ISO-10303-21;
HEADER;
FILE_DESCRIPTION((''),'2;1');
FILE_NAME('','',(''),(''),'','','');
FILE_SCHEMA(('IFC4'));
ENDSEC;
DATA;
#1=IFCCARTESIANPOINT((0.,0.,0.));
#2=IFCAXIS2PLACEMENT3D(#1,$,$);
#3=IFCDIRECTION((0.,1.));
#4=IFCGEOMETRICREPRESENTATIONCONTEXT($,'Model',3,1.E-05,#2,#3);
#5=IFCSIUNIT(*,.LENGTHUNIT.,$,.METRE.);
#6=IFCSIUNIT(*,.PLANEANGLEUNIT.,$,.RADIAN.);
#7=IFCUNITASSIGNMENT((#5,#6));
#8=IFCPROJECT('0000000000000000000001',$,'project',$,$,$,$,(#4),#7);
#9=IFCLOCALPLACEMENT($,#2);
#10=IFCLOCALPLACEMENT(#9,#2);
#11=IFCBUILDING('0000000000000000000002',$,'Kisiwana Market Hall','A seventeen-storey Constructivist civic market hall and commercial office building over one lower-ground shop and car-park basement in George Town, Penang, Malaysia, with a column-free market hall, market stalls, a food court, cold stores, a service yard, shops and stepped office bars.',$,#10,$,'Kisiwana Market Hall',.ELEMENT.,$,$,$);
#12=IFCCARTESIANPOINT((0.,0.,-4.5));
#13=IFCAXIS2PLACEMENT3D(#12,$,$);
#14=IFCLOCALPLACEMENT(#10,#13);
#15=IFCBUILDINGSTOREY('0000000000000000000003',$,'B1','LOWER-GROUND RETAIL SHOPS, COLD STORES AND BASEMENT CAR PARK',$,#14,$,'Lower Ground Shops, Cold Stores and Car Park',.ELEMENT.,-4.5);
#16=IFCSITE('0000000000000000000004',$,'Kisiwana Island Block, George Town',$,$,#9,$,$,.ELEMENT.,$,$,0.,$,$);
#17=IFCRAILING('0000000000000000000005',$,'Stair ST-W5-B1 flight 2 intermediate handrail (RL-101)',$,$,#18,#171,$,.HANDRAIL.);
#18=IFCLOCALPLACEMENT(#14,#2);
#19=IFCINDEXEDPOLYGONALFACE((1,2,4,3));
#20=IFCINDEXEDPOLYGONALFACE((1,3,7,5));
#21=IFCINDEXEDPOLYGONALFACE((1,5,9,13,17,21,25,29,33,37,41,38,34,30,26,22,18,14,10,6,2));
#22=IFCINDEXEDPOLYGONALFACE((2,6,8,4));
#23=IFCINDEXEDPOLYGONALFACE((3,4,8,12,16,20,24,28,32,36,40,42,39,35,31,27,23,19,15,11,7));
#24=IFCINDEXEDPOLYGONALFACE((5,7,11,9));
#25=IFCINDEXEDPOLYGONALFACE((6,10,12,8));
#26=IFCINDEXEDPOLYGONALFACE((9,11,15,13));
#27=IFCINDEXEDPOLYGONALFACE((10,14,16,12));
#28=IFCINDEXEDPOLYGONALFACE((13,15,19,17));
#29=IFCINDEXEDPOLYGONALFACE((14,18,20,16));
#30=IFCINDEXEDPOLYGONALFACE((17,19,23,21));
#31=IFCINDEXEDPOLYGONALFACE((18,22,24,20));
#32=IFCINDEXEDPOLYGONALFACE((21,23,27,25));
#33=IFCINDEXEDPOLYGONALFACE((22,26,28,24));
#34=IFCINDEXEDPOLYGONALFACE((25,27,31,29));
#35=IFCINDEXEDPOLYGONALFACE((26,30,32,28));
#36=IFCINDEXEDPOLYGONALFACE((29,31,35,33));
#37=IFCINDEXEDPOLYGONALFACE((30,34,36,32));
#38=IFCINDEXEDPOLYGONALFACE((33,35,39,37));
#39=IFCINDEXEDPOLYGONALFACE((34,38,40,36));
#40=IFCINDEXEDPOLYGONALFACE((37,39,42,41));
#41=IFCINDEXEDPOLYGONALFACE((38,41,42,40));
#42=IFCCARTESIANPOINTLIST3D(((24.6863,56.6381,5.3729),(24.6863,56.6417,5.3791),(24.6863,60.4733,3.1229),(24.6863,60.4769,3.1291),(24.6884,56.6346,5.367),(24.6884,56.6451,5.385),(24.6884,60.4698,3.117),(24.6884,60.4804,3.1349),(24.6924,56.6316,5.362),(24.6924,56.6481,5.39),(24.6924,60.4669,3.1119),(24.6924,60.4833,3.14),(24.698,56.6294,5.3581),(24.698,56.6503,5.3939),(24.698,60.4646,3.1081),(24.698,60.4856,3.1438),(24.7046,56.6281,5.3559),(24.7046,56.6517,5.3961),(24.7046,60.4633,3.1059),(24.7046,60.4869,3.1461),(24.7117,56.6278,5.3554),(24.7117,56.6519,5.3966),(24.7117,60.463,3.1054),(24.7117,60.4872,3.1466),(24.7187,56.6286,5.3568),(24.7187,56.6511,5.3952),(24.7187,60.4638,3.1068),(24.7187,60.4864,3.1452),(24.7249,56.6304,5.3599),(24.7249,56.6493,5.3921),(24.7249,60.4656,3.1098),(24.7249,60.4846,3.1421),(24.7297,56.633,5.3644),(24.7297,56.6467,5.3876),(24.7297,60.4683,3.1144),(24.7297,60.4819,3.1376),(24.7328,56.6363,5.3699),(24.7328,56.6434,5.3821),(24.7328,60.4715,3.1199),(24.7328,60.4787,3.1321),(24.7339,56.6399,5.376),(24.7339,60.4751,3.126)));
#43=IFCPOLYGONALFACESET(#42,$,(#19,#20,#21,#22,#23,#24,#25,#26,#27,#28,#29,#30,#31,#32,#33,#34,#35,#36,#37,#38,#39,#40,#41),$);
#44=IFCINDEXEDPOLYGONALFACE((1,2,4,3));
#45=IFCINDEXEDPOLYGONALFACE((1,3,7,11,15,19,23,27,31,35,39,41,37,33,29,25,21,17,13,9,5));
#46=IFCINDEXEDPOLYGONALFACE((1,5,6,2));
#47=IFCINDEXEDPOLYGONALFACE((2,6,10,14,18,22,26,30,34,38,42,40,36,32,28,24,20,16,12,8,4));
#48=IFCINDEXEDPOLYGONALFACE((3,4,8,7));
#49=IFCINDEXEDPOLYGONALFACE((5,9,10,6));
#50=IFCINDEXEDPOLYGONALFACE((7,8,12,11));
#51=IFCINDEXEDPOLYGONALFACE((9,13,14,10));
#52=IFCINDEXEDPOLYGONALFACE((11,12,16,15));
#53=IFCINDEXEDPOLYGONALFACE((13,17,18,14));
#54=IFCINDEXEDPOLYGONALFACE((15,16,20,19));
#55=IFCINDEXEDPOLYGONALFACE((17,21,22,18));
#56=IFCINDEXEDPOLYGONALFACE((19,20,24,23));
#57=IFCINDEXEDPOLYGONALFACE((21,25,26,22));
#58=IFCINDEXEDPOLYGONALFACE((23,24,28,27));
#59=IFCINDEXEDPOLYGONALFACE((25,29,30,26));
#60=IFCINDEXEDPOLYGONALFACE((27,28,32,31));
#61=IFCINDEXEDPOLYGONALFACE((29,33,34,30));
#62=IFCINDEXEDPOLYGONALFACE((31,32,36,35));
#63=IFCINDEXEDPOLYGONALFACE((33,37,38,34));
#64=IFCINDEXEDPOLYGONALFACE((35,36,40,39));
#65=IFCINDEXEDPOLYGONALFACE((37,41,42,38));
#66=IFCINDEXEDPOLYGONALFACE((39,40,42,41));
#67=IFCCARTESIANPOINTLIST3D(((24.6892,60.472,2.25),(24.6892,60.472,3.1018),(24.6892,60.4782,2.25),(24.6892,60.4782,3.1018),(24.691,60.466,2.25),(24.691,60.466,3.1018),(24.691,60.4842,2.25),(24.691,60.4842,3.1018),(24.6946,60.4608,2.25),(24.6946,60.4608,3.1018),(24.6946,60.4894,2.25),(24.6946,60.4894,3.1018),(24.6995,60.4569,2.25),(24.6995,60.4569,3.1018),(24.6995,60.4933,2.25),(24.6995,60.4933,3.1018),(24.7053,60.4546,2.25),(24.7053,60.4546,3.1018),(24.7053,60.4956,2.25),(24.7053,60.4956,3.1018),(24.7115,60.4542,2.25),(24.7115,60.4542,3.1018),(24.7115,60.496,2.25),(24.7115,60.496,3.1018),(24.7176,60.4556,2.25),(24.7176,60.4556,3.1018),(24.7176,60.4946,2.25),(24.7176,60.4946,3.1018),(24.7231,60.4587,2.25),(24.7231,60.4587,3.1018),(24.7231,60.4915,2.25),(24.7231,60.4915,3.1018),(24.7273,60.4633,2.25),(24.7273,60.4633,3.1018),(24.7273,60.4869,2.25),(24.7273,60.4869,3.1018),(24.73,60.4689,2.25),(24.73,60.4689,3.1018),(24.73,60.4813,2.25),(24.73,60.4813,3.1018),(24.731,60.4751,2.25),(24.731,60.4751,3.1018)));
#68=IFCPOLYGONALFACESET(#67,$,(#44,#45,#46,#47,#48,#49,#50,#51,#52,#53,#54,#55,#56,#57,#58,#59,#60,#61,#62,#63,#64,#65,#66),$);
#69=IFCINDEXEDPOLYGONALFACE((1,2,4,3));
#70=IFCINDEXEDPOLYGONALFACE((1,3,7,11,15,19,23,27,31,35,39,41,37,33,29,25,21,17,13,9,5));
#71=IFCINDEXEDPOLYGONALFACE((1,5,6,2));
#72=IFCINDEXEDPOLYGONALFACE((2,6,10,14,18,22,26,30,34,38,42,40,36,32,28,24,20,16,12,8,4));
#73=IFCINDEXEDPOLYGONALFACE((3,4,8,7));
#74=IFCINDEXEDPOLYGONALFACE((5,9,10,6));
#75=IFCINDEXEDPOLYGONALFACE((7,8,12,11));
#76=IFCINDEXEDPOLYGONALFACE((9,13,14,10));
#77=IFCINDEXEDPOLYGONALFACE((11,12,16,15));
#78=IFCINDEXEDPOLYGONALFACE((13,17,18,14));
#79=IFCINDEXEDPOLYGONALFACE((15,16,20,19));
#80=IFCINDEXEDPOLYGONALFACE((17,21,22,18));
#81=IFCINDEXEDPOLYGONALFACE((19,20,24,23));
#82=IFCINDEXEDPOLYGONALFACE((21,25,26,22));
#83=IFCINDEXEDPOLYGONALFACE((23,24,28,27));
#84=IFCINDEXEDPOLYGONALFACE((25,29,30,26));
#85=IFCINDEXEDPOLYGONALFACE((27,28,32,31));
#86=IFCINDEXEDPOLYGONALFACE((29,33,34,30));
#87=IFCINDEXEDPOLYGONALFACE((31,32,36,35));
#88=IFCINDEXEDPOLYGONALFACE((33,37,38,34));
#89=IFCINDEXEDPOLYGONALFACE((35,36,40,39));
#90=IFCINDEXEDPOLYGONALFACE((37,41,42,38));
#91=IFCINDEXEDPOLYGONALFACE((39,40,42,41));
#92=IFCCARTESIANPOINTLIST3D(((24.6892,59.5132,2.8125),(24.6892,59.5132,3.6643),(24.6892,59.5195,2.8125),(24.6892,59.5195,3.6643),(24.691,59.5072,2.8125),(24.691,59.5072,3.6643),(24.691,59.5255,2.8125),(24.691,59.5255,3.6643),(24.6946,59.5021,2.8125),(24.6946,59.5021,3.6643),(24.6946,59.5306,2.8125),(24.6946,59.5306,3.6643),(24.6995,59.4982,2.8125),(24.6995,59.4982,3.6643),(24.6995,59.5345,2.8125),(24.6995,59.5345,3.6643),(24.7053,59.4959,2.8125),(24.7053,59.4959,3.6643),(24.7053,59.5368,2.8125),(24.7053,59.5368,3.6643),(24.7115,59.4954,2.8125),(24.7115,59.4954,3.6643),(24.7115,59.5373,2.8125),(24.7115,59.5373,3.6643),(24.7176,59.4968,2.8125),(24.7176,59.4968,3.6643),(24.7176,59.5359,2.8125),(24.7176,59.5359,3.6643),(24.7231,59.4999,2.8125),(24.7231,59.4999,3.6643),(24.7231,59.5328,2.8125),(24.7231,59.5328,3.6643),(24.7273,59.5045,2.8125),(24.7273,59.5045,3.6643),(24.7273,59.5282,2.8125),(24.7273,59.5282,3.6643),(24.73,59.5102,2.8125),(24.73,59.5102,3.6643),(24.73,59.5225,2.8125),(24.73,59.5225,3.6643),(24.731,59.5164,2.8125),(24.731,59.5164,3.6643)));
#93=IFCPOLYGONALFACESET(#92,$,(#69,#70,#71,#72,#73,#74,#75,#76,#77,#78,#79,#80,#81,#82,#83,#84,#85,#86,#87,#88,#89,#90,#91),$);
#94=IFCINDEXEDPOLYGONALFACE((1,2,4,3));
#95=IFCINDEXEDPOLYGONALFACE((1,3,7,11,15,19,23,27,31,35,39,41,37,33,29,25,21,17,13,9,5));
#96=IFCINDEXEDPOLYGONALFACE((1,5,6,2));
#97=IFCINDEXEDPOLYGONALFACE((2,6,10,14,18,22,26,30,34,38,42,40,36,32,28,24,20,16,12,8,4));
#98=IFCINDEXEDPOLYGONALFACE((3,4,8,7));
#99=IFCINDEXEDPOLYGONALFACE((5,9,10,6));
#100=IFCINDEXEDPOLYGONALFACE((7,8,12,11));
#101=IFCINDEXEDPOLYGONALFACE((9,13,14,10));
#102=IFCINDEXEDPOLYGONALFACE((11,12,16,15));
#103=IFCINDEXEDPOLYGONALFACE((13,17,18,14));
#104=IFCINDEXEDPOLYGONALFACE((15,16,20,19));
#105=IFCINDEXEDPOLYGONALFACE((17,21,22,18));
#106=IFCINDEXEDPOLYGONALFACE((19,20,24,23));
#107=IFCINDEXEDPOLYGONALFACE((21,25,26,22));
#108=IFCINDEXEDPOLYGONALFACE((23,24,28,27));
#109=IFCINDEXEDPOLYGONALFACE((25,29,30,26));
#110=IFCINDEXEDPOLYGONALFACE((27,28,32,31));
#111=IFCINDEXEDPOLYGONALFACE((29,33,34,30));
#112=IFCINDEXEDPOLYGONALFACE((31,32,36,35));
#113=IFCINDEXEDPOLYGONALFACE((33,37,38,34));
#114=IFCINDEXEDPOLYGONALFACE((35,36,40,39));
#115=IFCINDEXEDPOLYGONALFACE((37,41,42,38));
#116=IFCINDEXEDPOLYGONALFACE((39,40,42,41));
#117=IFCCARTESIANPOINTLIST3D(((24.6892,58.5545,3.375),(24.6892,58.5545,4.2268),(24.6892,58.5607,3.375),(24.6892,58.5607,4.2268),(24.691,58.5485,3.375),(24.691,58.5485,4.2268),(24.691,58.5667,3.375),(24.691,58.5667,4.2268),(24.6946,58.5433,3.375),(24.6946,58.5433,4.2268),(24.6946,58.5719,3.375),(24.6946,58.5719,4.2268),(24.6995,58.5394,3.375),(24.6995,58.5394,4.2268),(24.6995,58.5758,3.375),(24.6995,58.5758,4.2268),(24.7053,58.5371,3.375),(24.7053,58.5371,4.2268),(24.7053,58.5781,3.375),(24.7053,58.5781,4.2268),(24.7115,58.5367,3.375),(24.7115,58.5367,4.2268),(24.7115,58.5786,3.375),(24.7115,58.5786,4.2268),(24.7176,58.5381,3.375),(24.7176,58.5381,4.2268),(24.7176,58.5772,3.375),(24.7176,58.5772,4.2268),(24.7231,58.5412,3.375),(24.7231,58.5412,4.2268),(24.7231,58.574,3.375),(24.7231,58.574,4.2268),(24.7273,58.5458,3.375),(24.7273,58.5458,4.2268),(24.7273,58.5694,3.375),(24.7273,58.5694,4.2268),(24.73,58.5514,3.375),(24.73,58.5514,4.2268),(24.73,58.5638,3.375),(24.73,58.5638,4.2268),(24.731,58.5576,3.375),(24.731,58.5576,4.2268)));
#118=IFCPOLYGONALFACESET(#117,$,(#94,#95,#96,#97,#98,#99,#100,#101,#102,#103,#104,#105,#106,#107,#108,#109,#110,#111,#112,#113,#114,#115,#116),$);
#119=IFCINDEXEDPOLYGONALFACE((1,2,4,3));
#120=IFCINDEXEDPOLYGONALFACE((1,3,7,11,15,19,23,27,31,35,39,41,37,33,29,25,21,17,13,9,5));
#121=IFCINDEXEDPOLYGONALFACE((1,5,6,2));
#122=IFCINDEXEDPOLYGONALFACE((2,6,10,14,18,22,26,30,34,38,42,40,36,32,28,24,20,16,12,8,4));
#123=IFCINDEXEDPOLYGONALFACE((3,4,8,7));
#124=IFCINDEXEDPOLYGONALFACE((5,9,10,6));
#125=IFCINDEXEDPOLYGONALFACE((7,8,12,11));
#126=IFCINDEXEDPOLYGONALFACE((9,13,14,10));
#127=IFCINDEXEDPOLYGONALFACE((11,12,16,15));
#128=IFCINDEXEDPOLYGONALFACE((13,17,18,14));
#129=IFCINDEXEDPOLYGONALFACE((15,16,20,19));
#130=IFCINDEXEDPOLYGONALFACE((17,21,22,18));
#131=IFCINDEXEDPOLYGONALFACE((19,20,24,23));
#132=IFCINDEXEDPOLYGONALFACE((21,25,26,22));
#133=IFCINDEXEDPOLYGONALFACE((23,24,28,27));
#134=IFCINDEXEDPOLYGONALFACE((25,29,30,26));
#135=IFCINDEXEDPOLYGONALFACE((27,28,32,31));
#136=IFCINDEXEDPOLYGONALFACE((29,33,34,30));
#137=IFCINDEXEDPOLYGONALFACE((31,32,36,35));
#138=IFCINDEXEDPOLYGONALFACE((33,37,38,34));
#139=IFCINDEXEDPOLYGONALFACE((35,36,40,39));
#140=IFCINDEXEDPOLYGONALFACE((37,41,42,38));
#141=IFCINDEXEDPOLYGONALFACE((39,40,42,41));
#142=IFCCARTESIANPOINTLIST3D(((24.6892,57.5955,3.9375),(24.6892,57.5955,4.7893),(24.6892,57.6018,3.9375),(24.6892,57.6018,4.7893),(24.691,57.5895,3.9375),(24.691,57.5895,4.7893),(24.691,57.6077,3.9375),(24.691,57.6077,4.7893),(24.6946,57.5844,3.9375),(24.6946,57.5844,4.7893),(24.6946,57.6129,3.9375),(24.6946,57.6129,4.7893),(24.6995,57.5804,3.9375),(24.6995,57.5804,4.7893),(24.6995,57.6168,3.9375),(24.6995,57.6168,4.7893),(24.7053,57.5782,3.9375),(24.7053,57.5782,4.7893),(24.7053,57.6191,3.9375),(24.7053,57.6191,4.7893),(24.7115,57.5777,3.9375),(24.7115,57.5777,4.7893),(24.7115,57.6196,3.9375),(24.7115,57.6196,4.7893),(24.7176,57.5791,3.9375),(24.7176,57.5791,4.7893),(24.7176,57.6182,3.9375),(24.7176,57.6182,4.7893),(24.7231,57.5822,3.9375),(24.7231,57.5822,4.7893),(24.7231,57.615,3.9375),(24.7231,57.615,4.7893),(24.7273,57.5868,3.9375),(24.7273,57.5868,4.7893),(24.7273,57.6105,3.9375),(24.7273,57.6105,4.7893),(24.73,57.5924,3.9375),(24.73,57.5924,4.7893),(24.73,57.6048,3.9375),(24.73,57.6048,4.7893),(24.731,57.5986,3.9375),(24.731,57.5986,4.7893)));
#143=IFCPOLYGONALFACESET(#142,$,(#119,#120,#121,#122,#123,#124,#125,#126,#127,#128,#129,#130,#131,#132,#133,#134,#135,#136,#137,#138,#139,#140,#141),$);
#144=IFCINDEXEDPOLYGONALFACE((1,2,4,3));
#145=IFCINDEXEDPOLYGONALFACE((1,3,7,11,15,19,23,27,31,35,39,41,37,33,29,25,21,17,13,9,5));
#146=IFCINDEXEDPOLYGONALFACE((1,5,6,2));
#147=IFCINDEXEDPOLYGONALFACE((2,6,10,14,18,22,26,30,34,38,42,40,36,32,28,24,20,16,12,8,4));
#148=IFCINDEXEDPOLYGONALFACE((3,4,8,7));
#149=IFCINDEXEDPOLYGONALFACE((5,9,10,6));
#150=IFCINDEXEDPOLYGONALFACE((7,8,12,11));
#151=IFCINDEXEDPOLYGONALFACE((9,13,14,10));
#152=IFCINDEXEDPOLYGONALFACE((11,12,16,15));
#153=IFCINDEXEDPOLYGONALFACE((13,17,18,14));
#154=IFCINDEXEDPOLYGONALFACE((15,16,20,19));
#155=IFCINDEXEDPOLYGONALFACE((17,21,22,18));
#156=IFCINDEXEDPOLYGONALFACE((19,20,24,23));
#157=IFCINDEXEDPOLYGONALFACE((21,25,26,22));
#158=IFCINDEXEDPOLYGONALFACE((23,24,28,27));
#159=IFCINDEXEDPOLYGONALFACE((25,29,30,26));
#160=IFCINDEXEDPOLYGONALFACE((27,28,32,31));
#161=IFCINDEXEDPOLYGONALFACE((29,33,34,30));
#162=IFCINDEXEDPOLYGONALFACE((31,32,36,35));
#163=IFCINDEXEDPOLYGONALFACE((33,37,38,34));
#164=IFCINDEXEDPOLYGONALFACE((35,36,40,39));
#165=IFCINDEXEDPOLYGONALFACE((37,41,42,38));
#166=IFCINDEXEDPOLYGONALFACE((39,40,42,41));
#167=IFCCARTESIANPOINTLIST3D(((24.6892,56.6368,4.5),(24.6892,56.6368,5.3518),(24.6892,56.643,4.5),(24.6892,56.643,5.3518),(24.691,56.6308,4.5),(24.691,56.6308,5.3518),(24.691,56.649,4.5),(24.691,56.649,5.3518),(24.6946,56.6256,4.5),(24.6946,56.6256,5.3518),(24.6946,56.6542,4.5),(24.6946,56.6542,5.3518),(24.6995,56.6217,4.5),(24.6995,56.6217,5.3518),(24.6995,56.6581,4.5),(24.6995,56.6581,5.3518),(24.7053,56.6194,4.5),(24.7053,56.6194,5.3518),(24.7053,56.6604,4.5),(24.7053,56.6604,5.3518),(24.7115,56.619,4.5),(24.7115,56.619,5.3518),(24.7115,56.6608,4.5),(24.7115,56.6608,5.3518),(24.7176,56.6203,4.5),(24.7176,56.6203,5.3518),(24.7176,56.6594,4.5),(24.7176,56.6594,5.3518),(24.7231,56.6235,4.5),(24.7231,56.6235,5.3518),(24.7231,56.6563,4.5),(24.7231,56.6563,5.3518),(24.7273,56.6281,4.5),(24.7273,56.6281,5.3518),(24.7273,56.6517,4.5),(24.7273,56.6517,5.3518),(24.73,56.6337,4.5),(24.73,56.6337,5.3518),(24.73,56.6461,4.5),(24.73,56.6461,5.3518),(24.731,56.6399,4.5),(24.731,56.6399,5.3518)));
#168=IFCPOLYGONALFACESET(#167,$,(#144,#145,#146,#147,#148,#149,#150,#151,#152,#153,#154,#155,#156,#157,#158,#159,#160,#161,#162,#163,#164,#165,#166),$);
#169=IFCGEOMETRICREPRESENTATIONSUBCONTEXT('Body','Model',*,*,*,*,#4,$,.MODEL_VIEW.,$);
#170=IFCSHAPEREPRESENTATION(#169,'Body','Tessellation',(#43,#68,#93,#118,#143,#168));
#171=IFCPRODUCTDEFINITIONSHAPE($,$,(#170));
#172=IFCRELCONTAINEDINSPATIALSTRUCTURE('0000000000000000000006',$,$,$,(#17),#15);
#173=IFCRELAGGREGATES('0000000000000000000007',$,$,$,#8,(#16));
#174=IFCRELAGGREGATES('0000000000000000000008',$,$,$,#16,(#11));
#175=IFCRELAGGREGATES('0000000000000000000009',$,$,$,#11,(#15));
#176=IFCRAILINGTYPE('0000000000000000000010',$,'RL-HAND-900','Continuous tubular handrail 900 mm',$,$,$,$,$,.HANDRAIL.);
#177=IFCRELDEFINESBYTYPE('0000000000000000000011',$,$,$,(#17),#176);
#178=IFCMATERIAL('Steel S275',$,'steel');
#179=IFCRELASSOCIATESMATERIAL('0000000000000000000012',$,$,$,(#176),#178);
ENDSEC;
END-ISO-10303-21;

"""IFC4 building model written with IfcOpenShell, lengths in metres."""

from ifc_helpers import new_model, si_unit, direction, frame, origin, origin_2d, place, context, subcontext, project, spatial, circle, extrude, material, type_object, element, save


model = new_model("IFC4")

# Units and contexts
model_context = context("Model", 3, precision=1e-05, world=origin(), true_north=direction((0.0, 1.0)))
body_context = subcontext(model_context, "Body", "Model", "MODEL_VIEW")
ifc_project = project(units=[si_unit("LENGTHUNIT", "METRE"), si_unit("PLANEANGLEUNIT", "RADIAN")], contexts=[model_context])

# Site, building, storey
site_placement = place(None, origin())
site = spatial("IfcSite", under=ifc_project, at=site_placement, Name="Kisiwana Island Block, George Town", CompositionType="ELEMENT", RefElevation=0.0)
building_placement = place(site_placement, origin())
building = spatial("IfcBuilding", under=site, at=building_placement, Name="Kisiwana Market Hall", Description="A seventeen-storey Constructivist civic market hall and commercial office building over one lower-ground shop and car-park basement in George Town, Penang, Malaysia, with a column-free market hall, market stalls, a food court, cold stores, a service yard, shops and stepped office bars.", LongName="Kisiwana Market Hall", CompositionType="ELEMENT")
storey_placement = place(building_placement, frame((0.0, 0.0, -4.5)))
storey = spatial("IfcBuildingStorey", under=building, at=storey_placement, Name="B1", Description="LOWER-GROUND RETAIL SHOPS, COLD STORES AND BASEMENT CAR PARK", LongName="Lower Ground Shops, Cold Stores and Car Park", CompositionType="ELEMENT", Elevation=-4.5)

# Railing
ifc_material_1 = material(Name="Steel S275", Category="steel")
railing_type_1 = type_object("IfcRailingType", Name="RL-HAND-900", Description="Continuous tubular handrail 900 mm", PredefinedType="HANDRAIL", material=ifc_material_1)
for number, where, name in (
    (1, (24.71, 60.4751, 2.25), "Stair ST-W5-B1 flight 2 intermediate handrail (RL-101)"),
):
    element("IfcRailing", number, at=place(storey_placement, frame(where)), inside=storey, type_object=railing_type_1, Name=name, PredefinedType="HANDRAIL", context=body_context, shape_type="SweptSolid", body=[
        extrude(circle(Radius=0.0239, at=origin_2d()), frame((0.0, 0.0, 0.876), z_axis=(0.0, -0.862524, 0.506017), x_axis=(1.0, 0.0, 0.0)), (0.0, 0.0, 1.0), 4.4465),
        extrude(circle(Radius=0.021, at=origin_2d()), origin(), (0.0, 0.0, 1.0), 0.8518),
        extrude(circle(Radius=0.021, at=origin_2d()), frame((0.0, -0.9587, 0.5625)), (0.0, 0.0, 1.0), 0.8518),
        extrude(circle(Radius=0.021, at=origin_2d()), frame((0.0, -1.9175, 1.125)), (0.0, 0.0, 1.0), 0.8518),
        extrude(circle(Radius=0.021, at=origin_2d()), frame((0.0, -2.8765, 1.6875)), (0.0, 0.0, 1.0), 0.8518),
        extrude(circle(Radius=0.021, at=origin_2d()), frame((0.0, -3.8352, 2.25)), (0.0, 0.0, 1.0), 0.8518),
    ])

save(model, "model.ifc")
